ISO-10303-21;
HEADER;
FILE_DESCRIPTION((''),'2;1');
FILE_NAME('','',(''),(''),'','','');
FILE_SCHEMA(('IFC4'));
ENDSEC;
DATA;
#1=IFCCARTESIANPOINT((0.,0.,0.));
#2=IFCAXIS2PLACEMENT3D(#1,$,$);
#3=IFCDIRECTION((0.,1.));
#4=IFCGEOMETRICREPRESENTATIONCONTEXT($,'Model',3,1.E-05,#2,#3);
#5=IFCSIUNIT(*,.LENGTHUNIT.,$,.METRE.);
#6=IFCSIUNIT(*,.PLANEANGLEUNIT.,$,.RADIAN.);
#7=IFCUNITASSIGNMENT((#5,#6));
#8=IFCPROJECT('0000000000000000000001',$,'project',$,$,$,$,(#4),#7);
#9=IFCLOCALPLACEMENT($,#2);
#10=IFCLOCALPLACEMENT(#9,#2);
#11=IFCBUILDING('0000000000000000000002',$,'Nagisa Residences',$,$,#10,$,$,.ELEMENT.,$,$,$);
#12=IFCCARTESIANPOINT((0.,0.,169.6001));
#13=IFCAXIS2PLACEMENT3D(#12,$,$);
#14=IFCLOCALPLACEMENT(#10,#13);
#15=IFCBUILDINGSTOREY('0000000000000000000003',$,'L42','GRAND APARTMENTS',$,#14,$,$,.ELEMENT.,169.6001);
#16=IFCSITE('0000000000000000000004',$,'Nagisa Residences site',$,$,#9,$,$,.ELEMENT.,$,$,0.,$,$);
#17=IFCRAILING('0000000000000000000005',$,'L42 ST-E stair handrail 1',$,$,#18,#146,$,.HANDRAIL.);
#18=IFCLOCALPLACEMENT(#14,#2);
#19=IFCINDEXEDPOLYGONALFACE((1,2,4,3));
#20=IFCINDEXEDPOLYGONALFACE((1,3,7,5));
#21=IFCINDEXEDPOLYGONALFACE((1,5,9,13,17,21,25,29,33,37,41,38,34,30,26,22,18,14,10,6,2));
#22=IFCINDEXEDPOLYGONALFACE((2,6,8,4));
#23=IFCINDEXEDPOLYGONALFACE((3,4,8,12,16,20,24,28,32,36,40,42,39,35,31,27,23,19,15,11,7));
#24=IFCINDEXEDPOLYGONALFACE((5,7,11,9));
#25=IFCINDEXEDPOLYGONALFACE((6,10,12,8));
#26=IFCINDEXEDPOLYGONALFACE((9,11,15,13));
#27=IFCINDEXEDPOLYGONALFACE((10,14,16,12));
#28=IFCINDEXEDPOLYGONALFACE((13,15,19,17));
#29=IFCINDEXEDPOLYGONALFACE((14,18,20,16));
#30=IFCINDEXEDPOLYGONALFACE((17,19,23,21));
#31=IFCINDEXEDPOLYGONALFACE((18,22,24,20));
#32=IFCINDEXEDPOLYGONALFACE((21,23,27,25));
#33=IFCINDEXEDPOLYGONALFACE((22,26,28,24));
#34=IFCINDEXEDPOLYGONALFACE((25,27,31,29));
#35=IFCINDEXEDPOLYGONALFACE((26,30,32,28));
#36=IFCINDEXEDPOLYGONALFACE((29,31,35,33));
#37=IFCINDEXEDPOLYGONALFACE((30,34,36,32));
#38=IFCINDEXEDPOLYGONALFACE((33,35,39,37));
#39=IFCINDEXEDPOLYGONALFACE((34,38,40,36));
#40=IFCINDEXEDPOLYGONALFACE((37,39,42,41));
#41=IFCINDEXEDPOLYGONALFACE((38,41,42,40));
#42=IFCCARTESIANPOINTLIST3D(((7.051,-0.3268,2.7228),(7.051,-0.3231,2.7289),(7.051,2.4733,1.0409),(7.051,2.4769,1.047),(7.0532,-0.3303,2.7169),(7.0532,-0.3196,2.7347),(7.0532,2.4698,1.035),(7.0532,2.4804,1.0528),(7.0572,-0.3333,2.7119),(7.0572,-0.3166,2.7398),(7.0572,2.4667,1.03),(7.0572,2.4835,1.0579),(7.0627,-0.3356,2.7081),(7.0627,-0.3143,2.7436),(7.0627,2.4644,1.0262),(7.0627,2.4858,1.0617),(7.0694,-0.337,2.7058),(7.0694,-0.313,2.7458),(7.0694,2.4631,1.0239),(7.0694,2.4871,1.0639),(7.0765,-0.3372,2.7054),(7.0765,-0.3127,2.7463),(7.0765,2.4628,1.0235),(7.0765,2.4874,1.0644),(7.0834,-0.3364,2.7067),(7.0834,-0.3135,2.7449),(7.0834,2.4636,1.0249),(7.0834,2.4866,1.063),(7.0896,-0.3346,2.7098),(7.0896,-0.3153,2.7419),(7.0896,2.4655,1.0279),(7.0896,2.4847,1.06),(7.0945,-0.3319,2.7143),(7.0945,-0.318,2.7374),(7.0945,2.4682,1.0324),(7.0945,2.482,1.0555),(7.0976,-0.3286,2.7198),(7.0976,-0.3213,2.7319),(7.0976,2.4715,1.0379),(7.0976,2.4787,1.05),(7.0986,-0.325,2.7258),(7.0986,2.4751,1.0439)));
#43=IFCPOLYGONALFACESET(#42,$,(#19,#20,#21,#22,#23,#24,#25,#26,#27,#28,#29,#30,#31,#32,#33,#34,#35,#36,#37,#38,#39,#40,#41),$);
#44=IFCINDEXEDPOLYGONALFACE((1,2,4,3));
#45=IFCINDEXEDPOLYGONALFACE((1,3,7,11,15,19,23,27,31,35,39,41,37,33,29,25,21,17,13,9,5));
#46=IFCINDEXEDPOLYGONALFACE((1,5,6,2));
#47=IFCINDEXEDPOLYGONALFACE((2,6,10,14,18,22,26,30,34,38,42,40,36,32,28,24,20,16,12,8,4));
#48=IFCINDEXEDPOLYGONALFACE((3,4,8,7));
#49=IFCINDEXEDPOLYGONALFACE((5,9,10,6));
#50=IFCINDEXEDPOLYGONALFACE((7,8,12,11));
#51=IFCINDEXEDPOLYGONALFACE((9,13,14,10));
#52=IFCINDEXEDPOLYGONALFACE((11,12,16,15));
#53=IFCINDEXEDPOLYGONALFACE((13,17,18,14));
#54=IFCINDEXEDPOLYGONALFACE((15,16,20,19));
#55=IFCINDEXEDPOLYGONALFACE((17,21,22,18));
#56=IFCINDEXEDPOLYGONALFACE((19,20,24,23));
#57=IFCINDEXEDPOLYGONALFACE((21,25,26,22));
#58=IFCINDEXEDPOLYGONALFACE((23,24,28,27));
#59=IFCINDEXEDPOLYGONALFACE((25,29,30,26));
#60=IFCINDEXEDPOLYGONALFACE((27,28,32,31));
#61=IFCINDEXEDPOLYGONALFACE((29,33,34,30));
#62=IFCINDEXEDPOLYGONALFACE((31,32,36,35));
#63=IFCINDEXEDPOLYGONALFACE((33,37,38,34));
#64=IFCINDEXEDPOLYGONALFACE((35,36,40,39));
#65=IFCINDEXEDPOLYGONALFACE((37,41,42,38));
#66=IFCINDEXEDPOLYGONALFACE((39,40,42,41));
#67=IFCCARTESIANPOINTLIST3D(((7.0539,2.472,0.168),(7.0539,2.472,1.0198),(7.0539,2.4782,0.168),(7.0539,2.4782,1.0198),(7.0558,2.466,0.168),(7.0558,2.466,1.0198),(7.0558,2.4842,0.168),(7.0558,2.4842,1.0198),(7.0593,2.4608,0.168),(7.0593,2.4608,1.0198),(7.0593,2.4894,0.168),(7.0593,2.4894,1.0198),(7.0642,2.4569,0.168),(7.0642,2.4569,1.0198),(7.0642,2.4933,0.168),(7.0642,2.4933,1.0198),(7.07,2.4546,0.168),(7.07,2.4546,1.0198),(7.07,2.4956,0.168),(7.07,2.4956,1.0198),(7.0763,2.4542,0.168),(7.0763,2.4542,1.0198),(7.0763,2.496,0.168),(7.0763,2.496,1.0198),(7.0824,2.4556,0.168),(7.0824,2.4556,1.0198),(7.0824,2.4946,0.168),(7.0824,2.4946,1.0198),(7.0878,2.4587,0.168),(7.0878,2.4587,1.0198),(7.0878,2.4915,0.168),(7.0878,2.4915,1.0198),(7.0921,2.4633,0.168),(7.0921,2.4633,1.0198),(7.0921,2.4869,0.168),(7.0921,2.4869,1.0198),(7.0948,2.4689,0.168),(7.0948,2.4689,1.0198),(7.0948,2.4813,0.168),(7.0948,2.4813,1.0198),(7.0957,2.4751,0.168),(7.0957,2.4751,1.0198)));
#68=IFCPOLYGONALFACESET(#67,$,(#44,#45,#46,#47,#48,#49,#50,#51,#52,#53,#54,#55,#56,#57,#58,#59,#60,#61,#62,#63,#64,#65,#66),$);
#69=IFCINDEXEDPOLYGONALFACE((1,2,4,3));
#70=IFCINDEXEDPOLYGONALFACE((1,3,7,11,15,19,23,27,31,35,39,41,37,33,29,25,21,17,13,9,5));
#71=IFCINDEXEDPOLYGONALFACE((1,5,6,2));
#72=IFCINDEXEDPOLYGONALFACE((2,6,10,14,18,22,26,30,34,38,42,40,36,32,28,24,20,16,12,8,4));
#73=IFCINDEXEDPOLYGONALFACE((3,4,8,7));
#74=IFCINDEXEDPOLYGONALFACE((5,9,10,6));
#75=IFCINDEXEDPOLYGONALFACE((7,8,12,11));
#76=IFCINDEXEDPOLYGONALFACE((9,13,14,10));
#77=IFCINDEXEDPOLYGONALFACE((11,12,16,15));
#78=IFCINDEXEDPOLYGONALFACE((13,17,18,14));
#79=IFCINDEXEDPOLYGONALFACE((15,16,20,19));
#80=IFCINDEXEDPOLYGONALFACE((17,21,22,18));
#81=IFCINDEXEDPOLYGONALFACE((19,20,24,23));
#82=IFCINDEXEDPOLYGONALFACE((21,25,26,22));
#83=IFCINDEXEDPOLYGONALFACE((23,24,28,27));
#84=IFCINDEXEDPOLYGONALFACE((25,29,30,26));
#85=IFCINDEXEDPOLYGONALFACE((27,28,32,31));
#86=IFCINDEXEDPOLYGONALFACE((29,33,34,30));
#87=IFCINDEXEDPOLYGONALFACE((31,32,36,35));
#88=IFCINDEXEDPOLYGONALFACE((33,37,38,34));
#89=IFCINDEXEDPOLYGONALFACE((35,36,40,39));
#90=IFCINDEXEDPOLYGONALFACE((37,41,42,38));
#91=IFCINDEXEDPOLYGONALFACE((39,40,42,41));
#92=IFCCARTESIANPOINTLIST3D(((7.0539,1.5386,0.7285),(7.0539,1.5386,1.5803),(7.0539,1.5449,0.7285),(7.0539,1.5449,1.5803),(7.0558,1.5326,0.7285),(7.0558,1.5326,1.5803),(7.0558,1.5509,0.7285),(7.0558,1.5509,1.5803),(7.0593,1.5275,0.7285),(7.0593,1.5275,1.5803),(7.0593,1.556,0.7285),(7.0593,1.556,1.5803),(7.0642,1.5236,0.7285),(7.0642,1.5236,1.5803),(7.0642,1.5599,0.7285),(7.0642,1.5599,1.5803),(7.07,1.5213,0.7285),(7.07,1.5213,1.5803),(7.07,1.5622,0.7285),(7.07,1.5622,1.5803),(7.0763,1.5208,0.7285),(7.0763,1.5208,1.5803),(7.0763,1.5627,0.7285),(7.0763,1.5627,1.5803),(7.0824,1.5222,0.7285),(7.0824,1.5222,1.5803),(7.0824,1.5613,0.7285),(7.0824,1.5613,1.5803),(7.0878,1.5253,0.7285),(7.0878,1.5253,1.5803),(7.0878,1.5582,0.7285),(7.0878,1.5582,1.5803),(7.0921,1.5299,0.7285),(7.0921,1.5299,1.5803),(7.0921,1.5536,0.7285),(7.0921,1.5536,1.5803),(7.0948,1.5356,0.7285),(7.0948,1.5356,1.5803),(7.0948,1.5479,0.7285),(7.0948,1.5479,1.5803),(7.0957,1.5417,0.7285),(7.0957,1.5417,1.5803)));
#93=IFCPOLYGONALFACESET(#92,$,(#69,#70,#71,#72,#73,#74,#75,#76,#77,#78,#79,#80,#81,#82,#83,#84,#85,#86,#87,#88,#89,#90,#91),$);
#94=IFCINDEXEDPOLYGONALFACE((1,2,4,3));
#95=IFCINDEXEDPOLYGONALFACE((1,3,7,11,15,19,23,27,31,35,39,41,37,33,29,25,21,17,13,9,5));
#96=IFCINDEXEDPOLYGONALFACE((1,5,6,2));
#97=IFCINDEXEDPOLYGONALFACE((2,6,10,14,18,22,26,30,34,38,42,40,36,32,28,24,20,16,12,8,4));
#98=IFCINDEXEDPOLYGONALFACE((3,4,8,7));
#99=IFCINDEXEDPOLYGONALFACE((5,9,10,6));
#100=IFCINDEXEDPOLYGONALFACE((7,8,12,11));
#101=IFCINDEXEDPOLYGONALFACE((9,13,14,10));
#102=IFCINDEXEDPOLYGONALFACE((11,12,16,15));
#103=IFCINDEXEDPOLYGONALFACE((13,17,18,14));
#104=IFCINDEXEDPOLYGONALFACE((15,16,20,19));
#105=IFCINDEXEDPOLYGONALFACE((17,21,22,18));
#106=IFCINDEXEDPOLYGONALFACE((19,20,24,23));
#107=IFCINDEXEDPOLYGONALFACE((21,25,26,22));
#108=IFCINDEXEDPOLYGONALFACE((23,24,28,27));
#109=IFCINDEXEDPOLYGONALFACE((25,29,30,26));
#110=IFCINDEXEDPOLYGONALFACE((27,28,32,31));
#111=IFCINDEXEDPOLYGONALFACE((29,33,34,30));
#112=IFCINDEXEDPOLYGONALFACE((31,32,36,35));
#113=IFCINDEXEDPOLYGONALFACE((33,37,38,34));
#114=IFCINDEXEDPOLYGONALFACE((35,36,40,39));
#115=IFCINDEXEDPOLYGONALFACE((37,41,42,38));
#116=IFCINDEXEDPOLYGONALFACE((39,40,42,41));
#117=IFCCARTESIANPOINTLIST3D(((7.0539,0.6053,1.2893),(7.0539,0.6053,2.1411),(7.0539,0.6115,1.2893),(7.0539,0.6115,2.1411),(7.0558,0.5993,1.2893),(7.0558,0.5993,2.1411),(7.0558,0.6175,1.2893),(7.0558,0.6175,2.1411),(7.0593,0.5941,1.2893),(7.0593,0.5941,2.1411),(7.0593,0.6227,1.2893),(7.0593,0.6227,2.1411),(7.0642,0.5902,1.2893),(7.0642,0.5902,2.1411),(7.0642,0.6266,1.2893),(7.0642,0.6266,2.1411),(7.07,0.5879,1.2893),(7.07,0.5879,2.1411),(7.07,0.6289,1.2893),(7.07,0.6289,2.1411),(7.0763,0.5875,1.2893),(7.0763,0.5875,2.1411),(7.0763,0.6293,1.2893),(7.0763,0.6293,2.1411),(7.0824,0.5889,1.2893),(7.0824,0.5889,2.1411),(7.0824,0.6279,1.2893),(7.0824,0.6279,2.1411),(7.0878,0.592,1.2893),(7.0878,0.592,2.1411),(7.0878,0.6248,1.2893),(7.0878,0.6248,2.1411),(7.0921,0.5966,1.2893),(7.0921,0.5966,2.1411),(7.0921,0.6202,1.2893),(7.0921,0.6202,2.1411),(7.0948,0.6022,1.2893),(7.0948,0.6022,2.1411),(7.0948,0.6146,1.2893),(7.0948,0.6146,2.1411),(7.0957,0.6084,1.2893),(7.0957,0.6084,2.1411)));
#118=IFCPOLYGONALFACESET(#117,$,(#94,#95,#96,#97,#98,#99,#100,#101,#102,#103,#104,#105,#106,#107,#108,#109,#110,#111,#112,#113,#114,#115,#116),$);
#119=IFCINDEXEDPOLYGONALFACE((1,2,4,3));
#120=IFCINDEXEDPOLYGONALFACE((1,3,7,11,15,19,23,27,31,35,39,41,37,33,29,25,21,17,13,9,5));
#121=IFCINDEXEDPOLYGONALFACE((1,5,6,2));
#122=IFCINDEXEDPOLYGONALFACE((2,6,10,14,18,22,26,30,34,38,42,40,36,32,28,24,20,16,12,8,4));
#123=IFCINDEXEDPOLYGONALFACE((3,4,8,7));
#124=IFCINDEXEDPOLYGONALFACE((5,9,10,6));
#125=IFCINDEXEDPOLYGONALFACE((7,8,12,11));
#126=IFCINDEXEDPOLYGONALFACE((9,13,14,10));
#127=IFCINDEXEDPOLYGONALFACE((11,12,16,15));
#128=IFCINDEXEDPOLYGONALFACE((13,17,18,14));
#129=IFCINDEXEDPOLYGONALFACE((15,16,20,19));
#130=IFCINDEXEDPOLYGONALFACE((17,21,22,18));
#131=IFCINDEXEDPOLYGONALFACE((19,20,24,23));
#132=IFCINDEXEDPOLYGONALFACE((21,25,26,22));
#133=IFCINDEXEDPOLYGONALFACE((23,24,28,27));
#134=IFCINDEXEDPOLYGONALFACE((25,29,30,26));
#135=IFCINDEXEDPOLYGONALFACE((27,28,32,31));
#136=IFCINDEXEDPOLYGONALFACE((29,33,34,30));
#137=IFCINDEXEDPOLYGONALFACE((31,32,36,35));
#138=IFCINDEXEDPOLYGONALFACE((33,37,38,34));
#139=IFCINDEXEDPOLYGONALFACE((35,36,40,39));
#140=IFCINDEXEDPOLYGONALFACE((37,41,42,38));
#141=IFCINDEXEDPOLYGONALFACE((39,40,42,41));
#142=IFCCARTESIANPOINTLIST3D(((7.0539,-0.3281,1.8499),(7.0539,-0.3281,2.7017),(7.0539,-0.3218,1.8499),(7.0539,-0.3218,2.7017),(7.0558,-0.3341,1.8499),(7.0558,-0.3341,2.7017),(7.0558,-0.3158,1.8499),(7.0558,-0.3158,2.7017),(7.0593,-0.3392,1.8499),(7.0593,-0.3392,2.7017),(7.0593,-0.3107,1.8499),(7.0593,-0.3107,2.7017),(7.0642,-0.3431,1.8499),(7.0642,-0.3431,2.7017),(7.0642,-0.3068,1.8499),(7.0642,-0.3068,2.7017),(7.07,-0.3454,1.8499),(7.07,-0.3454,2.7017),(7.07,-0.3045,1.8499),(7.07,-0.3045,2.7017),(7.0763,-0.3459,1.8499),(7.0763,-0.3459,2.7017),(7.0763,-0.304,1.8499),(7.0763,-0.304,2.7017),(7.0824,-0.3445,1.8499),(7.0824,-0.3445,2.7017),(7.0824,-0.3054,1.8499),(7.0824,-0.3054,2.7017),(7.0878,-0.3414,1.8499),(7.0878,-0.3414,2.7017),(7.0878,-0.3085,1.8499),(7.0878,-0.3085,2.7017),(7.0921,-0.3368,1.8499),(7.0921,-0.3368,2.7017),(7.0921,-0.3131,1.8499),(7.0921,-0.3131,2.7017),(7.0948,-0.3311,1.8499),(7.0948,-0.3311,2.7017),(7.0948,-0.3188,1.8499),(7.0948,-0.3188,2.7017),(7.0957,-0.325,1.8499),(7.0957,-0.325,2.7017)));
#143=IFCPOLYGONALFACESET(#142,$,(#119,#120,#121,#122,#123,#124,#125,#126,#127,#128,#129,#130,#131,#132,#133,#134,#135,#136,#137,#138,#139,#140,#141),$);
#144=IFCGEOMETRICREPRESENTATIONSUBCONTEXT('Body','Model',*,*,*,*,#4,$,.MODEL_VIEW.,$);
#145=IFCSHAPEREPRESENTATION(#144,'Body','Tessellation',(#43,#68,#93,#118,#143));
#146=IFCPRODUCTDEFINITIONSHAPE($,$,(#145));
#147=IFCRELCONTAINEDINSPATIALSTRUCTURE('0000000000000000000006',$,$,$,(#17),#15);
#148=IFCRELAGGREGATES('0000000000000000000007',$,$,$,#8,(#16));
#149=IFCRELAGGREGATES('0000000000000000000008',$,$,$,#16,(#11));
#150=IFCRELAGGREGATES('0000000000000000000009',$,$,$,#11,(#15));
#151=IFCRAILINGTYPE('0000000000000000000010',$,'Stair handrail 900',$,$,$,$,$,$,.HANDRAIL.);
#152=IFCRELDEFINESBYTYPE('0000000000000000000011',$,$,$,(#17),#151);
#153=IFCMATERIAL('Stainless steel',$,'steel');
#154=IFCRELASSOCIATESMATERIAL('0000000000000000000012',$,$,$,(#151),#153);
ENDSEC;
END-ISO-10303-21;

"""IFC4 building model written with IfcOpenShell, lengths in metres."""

from ifc_helpers import new_model, si_unit, direction, frame, origin, origin_2d, place, context, subcontext, project, spatial, circle, extrude, material, type_object, element, save


model = new_model("IFC4")

# Units and contexts
model_context = context("Model", 3, precision=1e-05, world=origin(), true_north=direction((0.0, 1.0)))
body_context = subcontext(model_context, "Body", "Model", "MODEL_VIEW")
ifc_project = project(units=[si_unit("LENGTHUNIT", "METRE"), si_unit("PLANEANGLEUNIT", "RADIAN")], contexts=[model_context])

# Site, building, storey
site_placement = place(None, origin())
site = spatial("IfcSite", under=ifc_project, at=site_placement, Name="Nagisa Residences site", CompositionType="ELEMENT", RefElevation=0.0)
building_placement = place(site_placement, origin())
building = spatial("IfcBuilding", under=site, at=building_placement, Name="Nagisa Residences", CompositionType="ELEMENT")
storey_placement = place(building_placement, frame((0.0, 0.0, 169.6001)))
storey = spatial("IfcBuildingStorey", under=building, at=storey_placement, Name="L42", Description="GRAND APARTMENTS", CompositionType="ELEMENT", Elevation=169.6001)

# Railing
ifc_material_1 = material(Name="Stainless steel", Category="steel")
railing_type_1 = type_object("IfcRailingType", Name="Stair handrail 900", PredefinedType="HANDRAIL", material=ifc_material_1)
railing_1_placement = place(storey_placement, frame((7.0747, 2.4751, 0.168)))
element("IfcRailing", 1, at=railing_1_placement, inside=storey, type_object=railing_type_1, Name="L42 ST-E stair handrail 1", PredefinedType="HANDRAIL", context=body_context, shape_type="SweptSolid", body=[
    extrude(circle(Radius=0.0239, at=origin_2d()), frame((0.0, 0.0, 0.876), z_axis=(0.0, -0.857242, 0.514913), x_axis=(1.0, 0.0, 0.0)), (0.0, 0.0, 1.0), 3.2664),
    extrude(circle(Radius=0.021, at=origin_2d()), origin(), (0.0, 0.0, 1.0), 0.8518),
    extrude(circle(Radius=0.021, at=origin_2d()), frame((0.0, -0.9333, 0.5605)), (0.0, 0.0, 1.0), 0.8518),
    extrude(circle(Radius=0.021, at=origin_2d()), frame((0.0, -1.8667, 1.1213)), (0.0, 0.0, 1.0), 0.8518),
    extrude(circle(Radius=0.021, at=origin_2d()), frame((0.0, -2.8, 1.6819)), (0.0, 0.0, 1.0), 0.8518),
])

save(model, "model.ifc")
